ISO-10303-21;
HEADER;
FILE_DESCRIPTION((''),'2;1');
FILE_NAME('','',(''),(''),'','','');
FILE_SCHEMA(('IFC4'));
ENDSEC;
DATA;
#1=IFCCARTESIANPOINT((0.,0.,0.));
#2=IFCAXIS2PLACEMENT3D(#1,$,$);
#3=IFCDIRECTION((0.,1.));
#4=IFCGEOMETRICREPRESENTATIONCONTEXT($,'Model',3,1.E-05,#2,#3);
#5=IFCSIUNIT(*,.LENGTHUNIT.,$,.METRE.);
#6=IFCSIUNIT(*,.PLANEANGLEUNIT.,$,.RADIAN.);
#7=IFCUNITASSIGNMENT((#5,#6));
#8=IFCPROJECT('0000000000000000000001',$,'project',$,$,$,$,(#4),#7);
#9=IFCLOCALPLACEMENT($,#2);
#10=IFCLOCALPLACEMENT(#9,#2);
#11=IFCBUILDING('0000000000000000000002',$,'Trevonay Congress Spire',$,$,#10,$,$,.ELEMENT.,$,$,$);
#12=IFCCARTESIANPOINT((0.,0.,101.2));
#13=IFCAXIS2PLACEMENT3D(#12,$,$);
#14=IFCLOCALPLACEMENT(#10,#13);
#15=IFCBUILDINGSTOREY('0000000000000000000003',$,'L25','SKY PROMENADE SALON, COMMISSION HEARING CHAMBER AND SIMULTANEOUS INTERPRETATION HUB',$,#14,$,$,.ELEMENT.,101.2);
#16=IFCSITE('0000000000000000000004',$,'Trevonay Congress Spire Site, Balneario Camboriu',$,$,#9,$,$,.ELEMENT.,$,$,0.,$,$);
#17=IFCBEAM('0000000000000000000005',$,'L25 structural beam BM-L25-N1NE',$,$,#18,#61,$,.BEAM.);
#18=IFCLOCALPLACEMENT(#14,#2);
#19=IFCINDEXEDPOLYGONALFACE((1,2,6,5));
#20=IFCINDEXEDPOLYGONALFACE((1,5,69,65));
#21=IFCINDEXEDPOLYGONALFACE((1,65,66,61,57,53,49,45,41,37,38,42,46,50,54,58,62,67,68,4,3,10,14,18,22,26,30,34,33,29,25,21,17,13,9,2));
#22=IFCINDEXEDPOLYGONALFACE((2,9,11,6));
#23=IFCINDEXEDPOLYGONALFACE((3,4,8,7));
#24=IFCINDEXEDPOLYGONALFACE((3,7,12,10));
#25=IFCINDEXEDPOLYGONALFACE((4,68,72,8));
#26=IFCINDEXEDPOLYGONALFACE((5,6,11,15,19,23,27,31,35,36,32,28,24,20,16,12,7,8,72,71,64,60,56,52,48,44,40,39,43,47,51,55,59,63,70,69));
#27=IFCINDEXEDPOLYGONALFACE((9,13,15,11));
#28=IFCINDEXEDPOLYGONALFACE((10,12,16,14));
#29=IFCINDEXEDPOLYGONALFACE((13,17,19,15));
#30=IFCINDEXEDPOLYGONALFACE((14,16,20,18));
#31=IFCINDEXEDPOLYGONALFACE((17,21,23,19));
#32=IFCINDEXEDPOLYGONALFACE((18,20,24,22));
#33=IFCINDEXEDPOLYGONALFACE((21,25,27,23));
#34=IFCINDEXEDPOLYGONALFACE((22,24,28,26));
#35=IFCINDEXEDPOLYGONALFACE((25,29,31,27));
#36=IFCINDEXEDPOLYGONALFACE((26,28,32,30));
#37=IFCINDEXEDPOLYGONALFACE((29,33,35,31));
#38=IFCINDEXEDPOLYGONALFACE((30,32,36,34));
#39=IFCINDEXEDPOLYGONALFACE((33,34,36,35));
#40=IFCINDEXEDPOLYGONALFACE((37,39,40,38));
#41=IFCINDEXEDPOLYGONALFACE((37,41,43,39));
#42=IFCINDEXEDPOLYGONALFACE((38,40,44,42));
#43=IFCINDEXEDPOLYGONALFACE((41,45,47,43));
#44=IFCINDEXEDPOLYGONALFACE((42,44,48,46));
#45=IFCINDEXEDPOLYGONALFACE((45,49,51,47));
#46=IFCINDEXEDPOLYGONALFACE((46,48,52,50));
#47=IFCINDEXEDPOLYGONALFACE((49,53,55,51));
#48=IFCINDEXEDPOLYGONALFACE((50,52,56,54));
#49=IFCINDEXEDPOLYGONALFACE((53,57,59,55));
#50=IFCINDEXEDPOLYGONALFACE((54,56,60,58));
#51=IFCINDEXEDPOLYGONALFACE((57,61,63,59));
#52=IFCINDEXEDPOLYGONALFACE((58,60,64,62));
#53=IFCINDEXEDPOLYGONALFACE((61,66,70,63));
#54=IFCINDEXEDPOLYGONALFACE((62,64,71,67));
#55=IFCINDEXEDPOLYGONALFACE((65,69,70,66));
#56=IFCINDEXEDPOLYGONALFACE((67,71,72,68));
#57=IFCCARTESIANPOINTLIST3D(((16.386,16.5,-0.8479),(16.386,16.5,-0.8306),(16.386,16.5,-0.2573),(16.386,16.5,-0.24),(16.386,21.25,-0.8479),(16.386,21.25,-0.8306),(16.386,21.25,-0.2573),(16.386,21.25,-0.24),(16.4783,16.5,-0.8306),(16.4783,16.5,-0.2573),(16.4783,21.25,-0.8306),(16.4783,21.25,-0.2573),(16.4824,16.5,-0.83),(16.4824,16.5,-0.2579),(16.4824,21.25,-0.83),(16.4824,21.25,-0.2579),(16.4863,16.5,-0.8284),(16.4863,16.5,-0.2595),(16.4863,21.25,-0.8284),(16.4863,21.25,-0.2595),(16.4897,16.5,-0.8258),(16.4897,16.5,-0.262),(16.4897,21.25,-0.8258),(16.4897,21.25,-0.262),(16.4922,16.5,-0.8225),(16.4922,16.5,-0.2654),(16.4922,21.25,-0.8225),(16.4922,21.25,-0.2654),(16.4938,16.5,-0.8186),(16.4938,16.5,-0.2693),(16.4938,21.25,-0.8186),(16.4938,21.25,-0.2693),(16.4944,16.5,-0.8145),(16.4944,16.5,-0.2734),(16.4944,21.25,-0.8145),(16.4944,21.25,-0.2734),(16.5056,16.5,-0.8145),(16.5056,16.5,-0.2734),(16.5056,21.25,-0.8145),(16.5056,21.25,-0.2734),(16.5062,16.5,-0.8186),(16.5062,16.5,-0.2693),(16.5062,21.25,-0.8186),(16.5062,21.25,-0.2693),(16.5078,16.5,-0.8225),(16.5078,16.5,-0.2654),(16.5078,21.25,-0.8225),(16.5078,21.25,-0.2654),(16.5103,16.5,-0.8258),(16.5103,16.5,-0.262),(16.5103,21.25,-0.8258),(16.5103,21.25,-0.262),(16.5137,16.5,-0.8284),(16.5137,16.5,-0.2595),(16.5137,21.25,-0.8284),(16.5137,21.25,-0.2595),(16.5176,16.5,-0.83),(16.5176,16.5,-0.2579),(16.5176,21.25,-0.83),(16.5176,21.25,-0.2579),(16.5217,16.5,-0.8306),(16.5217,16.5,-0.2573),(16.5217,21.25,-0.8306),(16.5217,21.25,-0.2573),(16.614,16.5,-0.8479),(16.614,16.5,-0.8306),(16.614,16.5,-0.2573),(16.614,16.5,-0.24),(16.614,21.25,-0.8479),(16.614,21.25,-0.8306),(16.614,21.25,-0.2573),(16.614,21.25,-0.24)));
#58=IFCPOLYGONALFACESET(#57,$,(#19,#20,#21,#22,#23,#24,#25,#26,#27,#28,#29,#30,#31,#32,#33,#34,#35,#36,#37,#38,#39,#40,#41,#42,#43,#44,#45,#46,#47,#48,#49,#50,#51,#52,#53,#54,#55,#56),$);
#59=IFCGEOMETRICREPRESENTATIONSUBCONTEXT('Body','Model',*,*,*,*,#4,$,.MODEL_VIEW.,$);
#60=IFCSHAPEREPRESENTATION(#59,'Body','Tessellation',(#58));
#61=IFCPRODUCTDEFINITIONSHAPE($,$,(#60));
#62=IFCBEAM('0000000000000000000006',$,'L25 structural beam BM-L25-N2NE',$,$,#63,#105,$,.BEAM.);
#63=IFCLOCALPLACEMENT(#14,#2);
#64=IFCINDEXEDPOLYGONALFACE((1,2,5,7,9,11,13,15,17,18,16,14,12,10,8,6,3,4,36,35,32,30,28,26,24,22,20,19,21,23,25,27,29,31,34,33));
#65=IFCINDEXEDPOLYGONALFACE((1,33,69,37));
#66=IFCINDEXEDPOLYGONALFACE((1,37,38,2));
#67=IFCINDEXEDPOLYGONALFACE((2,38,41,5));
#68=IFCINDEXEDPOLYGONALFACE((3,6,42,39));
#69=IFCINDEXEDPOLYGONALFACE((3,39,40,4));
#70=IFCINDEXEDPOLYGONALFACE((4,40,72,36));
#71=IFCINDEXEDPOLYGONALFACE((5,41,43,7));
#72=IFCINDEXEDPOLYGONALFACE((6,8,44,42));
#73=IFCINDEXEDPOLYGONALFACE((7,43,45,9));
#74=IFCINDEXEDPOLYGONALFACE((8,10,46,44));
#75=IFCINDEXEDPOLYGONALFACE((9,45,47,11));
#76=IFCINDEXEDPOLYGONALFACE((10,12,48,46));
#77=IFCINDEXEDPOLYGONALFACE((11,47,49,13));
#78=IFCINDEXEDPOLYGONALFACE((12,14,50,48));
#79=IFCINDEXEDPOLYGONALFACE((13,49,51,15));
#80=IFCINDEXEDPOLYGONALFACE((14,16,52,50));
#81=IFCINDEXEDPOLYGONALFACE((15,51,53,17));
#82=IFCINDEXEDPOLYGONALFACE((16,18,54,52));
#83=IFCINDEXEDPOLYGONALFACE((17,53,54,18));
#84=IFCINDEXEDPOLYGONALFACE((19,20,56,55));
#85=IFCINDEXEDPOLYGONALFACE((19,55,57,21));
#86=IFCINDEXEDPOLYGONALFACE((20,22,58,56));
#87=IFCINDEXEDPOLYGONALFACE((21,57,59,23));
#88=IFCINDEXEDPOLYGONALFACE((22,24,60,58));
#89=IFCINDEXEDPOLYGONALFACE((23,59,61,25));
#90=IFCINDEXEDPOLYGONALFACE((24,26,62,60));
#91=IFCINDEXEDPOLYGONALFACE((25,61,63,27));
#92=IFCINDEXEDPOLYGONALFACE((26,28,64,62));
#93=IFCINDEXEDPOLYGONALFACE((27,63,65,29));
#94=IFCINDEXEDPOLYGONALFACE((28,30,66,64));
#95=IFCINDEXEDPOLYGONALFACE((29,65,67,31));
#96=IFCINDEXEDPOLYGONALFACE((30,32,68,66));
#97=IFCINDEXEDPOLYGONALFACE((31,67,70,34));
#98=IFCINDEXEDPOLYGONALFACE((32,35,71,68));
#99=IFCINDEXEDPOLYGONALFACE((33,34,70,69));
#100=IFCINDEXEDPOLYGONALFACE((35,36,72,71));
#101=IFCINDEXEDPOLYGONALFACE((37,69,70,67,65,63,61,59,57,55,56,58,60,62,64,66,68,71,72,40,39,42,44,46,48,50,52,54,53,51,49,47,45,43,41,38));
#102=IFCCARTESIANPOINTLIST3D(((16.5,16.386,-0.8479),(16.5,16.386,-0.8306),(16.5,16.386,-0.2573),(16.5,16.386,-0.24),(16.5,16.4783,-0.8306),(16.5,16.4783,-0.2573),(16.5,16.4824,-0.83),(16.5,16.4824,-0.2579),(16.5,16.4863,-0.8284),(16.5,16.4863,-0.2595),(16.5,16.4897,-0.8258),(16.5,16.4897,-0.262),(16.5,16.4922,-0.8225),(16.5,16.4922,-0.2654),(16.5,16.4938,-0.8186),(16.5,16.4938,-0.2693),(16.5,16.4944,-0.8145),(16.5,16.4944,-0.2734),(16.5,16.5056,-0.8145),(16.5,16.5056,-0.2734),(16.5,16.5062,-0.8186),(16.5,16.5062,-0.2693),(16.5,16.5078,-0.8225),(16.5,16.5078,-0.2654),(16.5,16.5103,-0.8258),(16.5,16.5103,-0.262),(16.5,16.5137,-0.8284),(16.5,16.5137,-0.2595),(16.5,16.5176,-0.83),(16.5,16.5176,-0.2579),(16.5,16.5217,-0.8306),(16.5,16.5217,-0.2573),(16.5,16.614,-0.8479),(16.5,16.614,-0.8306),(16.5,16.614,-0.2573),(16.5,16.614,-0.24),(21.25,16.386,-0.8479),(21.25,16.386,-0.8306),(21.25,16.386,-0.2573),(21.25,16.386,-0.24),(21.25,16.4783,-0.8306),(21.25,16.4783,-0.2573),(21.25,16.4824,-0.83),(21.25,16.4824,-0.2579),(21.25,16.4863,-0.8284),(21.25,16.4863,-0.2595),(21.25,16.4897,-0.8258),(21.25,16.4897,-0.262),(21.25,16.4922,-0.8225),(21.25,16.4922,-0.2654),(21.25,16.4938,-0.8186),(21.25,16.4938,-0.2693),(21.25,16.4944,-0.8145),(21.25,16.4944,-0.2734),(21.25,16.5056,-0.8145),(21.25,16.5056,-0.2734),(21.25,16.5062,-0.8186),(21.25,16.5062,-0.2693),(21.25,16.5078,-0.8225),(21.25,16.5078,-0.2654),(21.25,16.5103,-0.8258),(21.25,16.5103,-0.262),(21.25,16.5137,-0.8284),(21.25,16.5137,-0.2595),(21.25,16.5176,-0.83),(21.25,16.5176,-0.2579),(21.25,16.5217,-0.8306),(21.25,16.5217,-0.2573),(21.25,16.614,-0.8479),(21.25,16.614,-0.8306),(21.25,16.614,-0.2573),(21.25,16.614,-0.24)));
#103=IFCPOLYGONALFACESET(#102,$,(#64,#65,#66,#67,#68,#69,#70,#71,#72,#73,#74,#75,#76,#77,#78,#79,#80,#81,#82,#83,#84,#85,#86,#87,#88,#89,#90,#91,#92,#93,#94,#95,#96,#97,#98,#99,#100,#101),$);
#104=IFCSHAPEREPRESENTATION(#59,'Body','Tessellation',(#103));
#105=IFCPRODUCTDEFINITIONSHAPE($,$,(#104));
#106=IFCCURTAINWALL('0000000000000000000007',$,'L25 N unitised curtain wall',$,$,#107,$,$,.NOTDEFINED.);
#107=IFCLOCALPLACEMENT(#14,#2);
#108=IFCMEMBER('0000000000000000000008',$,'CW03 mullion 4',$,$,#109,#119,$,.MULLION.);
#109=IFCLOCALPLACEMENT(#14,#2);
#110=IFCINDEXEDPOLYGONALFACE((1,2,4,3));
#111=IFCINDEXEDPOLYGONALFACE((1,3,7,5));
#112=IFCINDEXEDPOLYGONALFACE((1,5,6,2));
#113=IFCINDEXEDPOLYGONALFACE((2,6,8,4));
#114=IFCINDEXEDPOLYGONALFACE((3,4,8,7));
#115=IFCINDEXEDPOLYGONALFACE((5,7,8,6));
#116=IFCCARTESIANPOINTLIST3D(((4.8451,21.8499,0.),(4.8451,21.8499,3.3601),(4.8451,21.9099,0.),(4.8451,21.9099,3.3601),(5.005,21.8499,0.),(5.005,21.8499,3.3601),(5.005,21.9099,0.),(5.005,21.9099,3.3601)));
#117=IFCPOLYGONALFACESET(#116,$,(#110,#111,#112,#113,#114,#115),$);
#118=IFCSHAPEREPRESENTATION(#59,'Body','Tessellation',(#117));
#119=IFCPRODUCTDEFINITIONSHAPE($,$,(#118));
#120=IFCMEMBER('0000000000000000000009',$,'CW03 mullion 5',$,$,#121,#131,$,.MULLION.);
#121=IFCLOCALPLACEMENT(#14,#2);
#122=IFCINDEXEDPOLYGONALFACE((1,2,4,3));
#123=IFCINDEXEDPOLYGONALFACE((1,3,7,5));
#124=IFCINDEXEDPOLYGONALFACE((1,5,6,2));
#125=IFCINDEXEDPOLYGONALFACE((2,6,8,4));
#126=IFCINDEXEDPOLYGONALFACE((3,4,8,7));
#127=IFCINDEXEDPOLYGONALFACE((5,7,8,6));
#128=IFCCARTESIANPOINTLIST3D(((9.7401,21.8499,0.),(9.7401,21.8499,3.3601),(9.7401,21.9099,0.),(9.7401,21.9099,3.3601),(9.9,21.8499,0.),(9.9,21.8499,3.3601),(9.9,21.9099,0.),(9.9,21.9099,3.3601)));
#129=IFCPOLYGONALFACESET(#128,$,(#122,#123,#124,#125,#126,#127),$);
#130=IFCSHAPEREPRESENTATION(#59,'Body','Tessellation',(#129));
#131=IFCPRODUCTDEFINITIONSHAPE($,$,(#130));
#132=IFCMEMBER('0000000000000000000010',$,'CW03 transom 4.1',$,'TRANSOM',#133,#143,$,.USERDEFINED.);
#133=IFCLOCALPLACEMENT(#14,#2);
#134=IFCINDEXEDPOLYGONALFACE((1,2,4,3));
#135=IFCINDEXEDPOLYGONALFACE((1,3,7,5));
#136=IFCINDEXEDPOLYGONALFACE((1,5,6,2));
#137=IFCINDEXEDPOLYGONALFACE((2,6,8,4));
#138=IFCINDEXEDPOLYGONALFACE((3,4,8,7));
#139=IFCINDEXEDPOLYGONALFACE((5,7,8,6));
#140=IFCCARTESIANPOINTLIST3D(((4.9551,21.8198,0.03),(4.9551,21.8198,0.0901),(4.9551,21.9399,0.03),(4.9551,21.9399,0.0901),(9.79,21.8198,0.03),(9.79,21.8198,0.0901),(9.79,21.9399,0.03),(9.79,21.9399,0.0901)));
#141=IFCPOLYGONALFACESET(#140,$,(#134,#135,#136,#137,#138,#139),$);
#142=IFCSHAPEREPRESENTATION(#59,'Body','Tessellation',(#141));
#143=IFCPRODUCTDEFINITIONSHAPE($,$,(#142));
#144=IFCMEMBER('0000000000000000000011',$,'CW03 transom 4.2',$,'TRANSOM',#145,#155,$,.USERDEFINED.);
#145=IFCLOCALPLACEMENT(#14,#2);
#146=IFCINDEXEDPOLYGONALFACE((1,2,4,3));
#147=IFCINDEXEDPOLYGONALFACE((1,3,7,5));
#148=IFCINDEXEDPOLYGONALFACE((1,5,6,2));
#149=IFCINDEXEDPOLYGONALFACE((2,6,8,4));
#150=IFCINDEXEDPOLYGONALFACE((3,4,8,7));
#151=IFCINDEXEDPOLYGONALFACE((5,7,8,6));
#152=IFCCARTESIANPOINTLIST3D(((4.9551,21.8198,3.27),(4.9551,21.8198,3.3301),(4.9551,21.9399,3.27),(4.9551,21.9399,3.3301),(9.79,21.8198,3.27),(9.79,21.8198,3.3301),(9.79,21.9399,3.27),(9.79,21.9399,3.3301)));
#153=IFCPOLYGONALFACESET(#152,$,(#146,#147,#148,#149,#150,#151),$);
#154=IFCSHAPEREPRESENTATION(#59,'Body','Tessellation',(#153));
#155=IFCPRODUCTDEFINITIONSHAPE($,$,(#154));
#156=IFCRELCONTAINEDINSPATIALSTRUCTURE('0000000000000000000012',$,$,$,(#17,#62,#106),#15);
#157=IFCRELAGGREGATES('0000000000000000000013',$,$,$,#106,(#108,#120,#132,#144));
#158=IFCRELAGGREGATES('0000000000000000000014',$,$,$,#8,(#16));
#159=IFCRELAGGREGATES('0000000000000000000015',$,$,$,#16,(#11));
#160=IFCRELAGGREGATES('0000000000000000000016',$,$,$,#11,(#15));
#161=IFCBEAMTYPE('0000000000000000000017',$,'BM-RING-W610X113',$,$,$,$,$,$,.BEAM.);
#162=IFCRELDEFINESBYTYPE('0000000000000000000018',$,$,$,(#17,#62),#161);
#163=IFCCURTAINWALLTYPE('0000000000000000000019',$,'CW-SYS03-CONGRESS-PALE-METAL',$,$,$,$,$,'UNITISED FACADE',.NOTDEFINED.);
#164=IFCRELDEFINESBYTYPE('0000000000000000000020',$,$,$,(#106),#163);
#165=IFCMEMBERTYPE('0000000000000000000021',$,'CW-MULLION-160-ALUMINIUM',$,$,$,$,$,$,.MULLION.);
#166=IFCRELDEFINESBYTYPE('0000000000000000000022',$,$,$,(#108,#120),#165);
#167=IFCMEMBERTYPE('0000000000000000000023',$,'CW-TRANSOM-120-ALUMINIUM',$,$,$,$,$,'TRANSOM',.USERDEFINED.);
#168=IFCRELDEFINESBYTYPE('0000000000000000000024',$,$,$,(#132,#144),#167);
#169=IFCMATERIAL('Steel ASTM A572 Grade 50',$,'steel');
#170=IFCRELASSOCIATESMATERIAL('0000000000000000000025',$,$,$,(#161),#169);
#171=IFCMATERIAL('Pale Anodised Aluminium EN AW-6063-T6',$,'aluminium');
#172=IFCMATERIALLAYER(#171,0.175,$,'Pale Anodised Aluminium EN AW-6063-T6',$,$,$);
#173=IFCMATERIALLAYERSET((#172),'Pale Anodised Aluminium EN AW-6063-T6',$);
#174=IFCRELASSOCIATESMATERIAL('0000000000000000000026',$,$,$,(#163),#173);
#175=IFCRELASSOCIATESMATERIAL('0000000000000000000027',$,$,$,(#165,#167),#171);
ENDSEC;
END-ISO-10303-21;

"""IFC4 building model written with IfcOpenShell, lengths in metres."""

from ifc_helpers import new_model, si_unit, direction, frame, origin, origin_2d, place, context, subcontext, project, spatial, rectangle, i_section, extrude, material, layer, layer_set, material_profile, profile_set, type_object, element, aggregate, save


model = new_model("IFC4")

# Units and contexts
model_context = context("Model", 3, precision=1e-05, world=origin(), true_north=direction((0.0, 1.0)))
body_context = subcontext(model_context, "Body", "Model", "MODEL_VIEW")
ifc_project = project(units=[si_unit("LENGTHUNIT", "METRE"), si_unit("PLANEANGLEUNIT", "RADIAN")], contexts=[model_context])

# Site, building, storey
site_placement = place(None, origin())
site = spatial("IfcSite", under=ifc_project, at=site_placement, Name="Trevonay Congress Spire Site, Balneario Camboriu", CompositionType="ELEMENT", RefElevation=0.0)
building_placement = place(site_placement, origin())
building = spatial("IfcBuilding", under=site, at=building_placement, Name="Trevonay Congress Spire", CompositionType="ELEMENT")
storey_placement = place(building_placement, frame((0.0, 0.0, 101.2)))
storey = spatial("IfcBuildingStorey", under=building, at=storey_placement, Name="L25", Description="SKY PROMENADE SALON, COMMISSION HEARING CHAMBER AND SIMULTANEOUS INTERPRETATION HUB", CompositionType="ELEMENT", Elevation=101.2)

# Shared definitions
ifc_material_1 = material(Name="Steel ASTM A572 Grade 50", Category="steel")

# Beams
ifc_material_profile_1 = material_profile(ifc_material_1, i_section(OverallWidth=0.228, OverallDepth=0.6079, WebThickness=0.0112, FlangeThickness=0.0173, FilletRadius=0.0161, at=origin_2d()), Name="W610x113")
ifc_profile_set_1 = profile_set([ifc_material_profile_1], Name="Steel ASTM A572 Grade 50")
beam_type = type_object("IfcBeamType", Name="BM-RING-W610X113", PredefinedType="BEAM", material=ifc_profile_set_1)
for number, where, z_axis, x_axis, name in (
    (1, (16.5, 21.25, -0.5439), (0.0, -1.0, 0.0), (1.0, 0.0, 0.0), "L25 structural beam BM-L25-N1NE"),
    (2, (21.25, 16.5, -0.5439), (-1.0, 0.0, 0.0), (0.0, -1.0, 0.0), "L25 structural beam BM-L25-N2NE"),
):
    element("IfcBeam", number, at=place(storey_placement, frame(where, z_axis=z_axis, x_axis=x_axis)), inside=storey, type_object=beam_type, Name=name, PredefinedType="BEAM", context=body_context, shape_type="SweptSolid", body=[
        extrude(i_section(OverallWidth=0.228, OverallDepth=0.6079, WebThickness=0.0112, FlangeThickness=0.0173, FilletRadius=0.0161, at=origin_2d()), origin(), (0.0, 0.0, 1.0), 4.75),
    ])

# Curtain wall, members
ifc_material_2 = material(Name="Pale Anodised Aluminium EN AW-6063-T6", Category="aluminium")
ifc_layer_1 = layer(ifc_material_2, 0.175, Name="Pale Anodised Aluminium EN AW-6063-T6")
ifc_layer_set_1 = layer_set([ifc_layer_1], Name="Pale Anodised Aluminium EN AW-6063-T6")
curtain_wall_type = type_object("IfcCurtainWallType", Name="CW-SYS03-CONGRESS-PALE-METAL", ElementType="UNITISED FACADE", PredefinedType="NOTDEFINED", material=ifc_layer_set_1)
curtain_wall_placement = place(storey_placement, origin())
curtain_wall = element("IfcCurtainWall", 3, at=curtain_wall_placement, inside=storey, type_object=curtain_wall_type, Name="L25 N unitised curtain wall", PredefinedType="NOTDEFINED")
ifc_material_profile_2 = material_profile(ifc_material_2, rectangle(XDim=0.0601, YDim=0.1599, at=origin_2d()), Name="CW-MULLION-160-ALUMINIUM")
ifc_profile_set_2 = profile_set([ifc_material_profile_2], Name="Pale Anodised Aluminium EN AW-6063-T6")
member_type_1 = type_object("IfcMemberType", Name="CW-MULLION-160-ALUMINIUM", PredefinedType="MULLION", material=ifc_profile_set_2)
member_1_placement = place(storey_placement, frame((4.925, 21.8799, 0.0), z_axis=(0.0, 0.0, 1.0), x_axis=(0.0, 1.0, 0.0)))
member_1 = element("IfcMember", 4, at=member_1_placement, type_object=member_type_1, Name="CW03 mullion 4", PredefinedType="MULLION", context=body_context, shape_type="SweptSolid", body=[
    extrude(rectangle(XDim=0.0601, YDim=0.1599, at=origin_2d()), origin(), (0.0, 0.0, 1.0), 3.3601),
])
member_2_placement = place(storey_placement, frame((9.8201, 21.8799, 0.0), z_axis=(0.0, 0.0, 1.0), x_axis=(0.0, 1.0, 0.0)))
member_2 = element("IfcMember", 5, at=member_2_placement, type_object=member_type_1, Name="CW03 mullion 5", PredefinedType="MULLION", context=body_context, shape_type="SweptSolid", body=[
    extrude(rectangle(XDim=0.0601, YDim=0.1599, at=origin_2d()), origin(), (0.0, 0.0, 1.0), 3.3601),
])
ifc_material_profile_3 = material_profile(ifc_material_2, rectangle(XDim=0.1201, YDim=0.0601, at=origin_2d()), Name="CW-TRANSOM-120-ALUMINIUM")
ifc_profile_set_3 = profile_set([ifc_material_profile_3], Name="Pale Anodised Aluminium EN AW-6063-T6")
member_type_2 = type_object("IfcMemberType", Name="CW-TRANSOM-120-ALUMINIUM", ElementType="TRANSOM", PredefinedType="USERDEFINED", material=ifc_profile_set_3)
member_3_placement = place(storey_placement, frame((4.9551, 21.8799, 0.0601), z_axis=(1.0, 0.0, 0.0), x_axis=(0.0, 1.0, 0.0)))
member_3 = element("IfcMember", 6, at=member_3_placement, type_object=member_type_2, Name="CW03 transom 4.1", ObjectType="TRANSOM", PredefinedType="USERDEFINED", context=body_context, shape_type="SweptSolid", body=[
    extrude(rectangle(XDim=0.1201, YDim=0.0601, at=origin_2d()), origin(), (0.0, 0.0, 1.0), 4.835),
])
member_4_placement = place(storey_placement, frame((4.9551, 21.8799, 3.3), z_axis=(1.0, 0.0, 0.0), x_axis=(0.0, 1.0, 0.0)))
member_4 = element("IfcMember", 7, at=member_4_placement, type_object=member_type_2, Name="CW03 transom 4.2", ObjectType="TRANSOM", PredefinedType="USERDEFINED", context=body_context, shape_type="SweptSolid", body=[
    extrude(rectangle(XDim=0.1201, YDim=0.0601, at=origin_2d()), origin(), (0.0, 0.0, 1.0), 4.835),
])

aggregate(curtain_wall, [member_1, member_2, member_3, member_4])

save(model, "model.ifc")
